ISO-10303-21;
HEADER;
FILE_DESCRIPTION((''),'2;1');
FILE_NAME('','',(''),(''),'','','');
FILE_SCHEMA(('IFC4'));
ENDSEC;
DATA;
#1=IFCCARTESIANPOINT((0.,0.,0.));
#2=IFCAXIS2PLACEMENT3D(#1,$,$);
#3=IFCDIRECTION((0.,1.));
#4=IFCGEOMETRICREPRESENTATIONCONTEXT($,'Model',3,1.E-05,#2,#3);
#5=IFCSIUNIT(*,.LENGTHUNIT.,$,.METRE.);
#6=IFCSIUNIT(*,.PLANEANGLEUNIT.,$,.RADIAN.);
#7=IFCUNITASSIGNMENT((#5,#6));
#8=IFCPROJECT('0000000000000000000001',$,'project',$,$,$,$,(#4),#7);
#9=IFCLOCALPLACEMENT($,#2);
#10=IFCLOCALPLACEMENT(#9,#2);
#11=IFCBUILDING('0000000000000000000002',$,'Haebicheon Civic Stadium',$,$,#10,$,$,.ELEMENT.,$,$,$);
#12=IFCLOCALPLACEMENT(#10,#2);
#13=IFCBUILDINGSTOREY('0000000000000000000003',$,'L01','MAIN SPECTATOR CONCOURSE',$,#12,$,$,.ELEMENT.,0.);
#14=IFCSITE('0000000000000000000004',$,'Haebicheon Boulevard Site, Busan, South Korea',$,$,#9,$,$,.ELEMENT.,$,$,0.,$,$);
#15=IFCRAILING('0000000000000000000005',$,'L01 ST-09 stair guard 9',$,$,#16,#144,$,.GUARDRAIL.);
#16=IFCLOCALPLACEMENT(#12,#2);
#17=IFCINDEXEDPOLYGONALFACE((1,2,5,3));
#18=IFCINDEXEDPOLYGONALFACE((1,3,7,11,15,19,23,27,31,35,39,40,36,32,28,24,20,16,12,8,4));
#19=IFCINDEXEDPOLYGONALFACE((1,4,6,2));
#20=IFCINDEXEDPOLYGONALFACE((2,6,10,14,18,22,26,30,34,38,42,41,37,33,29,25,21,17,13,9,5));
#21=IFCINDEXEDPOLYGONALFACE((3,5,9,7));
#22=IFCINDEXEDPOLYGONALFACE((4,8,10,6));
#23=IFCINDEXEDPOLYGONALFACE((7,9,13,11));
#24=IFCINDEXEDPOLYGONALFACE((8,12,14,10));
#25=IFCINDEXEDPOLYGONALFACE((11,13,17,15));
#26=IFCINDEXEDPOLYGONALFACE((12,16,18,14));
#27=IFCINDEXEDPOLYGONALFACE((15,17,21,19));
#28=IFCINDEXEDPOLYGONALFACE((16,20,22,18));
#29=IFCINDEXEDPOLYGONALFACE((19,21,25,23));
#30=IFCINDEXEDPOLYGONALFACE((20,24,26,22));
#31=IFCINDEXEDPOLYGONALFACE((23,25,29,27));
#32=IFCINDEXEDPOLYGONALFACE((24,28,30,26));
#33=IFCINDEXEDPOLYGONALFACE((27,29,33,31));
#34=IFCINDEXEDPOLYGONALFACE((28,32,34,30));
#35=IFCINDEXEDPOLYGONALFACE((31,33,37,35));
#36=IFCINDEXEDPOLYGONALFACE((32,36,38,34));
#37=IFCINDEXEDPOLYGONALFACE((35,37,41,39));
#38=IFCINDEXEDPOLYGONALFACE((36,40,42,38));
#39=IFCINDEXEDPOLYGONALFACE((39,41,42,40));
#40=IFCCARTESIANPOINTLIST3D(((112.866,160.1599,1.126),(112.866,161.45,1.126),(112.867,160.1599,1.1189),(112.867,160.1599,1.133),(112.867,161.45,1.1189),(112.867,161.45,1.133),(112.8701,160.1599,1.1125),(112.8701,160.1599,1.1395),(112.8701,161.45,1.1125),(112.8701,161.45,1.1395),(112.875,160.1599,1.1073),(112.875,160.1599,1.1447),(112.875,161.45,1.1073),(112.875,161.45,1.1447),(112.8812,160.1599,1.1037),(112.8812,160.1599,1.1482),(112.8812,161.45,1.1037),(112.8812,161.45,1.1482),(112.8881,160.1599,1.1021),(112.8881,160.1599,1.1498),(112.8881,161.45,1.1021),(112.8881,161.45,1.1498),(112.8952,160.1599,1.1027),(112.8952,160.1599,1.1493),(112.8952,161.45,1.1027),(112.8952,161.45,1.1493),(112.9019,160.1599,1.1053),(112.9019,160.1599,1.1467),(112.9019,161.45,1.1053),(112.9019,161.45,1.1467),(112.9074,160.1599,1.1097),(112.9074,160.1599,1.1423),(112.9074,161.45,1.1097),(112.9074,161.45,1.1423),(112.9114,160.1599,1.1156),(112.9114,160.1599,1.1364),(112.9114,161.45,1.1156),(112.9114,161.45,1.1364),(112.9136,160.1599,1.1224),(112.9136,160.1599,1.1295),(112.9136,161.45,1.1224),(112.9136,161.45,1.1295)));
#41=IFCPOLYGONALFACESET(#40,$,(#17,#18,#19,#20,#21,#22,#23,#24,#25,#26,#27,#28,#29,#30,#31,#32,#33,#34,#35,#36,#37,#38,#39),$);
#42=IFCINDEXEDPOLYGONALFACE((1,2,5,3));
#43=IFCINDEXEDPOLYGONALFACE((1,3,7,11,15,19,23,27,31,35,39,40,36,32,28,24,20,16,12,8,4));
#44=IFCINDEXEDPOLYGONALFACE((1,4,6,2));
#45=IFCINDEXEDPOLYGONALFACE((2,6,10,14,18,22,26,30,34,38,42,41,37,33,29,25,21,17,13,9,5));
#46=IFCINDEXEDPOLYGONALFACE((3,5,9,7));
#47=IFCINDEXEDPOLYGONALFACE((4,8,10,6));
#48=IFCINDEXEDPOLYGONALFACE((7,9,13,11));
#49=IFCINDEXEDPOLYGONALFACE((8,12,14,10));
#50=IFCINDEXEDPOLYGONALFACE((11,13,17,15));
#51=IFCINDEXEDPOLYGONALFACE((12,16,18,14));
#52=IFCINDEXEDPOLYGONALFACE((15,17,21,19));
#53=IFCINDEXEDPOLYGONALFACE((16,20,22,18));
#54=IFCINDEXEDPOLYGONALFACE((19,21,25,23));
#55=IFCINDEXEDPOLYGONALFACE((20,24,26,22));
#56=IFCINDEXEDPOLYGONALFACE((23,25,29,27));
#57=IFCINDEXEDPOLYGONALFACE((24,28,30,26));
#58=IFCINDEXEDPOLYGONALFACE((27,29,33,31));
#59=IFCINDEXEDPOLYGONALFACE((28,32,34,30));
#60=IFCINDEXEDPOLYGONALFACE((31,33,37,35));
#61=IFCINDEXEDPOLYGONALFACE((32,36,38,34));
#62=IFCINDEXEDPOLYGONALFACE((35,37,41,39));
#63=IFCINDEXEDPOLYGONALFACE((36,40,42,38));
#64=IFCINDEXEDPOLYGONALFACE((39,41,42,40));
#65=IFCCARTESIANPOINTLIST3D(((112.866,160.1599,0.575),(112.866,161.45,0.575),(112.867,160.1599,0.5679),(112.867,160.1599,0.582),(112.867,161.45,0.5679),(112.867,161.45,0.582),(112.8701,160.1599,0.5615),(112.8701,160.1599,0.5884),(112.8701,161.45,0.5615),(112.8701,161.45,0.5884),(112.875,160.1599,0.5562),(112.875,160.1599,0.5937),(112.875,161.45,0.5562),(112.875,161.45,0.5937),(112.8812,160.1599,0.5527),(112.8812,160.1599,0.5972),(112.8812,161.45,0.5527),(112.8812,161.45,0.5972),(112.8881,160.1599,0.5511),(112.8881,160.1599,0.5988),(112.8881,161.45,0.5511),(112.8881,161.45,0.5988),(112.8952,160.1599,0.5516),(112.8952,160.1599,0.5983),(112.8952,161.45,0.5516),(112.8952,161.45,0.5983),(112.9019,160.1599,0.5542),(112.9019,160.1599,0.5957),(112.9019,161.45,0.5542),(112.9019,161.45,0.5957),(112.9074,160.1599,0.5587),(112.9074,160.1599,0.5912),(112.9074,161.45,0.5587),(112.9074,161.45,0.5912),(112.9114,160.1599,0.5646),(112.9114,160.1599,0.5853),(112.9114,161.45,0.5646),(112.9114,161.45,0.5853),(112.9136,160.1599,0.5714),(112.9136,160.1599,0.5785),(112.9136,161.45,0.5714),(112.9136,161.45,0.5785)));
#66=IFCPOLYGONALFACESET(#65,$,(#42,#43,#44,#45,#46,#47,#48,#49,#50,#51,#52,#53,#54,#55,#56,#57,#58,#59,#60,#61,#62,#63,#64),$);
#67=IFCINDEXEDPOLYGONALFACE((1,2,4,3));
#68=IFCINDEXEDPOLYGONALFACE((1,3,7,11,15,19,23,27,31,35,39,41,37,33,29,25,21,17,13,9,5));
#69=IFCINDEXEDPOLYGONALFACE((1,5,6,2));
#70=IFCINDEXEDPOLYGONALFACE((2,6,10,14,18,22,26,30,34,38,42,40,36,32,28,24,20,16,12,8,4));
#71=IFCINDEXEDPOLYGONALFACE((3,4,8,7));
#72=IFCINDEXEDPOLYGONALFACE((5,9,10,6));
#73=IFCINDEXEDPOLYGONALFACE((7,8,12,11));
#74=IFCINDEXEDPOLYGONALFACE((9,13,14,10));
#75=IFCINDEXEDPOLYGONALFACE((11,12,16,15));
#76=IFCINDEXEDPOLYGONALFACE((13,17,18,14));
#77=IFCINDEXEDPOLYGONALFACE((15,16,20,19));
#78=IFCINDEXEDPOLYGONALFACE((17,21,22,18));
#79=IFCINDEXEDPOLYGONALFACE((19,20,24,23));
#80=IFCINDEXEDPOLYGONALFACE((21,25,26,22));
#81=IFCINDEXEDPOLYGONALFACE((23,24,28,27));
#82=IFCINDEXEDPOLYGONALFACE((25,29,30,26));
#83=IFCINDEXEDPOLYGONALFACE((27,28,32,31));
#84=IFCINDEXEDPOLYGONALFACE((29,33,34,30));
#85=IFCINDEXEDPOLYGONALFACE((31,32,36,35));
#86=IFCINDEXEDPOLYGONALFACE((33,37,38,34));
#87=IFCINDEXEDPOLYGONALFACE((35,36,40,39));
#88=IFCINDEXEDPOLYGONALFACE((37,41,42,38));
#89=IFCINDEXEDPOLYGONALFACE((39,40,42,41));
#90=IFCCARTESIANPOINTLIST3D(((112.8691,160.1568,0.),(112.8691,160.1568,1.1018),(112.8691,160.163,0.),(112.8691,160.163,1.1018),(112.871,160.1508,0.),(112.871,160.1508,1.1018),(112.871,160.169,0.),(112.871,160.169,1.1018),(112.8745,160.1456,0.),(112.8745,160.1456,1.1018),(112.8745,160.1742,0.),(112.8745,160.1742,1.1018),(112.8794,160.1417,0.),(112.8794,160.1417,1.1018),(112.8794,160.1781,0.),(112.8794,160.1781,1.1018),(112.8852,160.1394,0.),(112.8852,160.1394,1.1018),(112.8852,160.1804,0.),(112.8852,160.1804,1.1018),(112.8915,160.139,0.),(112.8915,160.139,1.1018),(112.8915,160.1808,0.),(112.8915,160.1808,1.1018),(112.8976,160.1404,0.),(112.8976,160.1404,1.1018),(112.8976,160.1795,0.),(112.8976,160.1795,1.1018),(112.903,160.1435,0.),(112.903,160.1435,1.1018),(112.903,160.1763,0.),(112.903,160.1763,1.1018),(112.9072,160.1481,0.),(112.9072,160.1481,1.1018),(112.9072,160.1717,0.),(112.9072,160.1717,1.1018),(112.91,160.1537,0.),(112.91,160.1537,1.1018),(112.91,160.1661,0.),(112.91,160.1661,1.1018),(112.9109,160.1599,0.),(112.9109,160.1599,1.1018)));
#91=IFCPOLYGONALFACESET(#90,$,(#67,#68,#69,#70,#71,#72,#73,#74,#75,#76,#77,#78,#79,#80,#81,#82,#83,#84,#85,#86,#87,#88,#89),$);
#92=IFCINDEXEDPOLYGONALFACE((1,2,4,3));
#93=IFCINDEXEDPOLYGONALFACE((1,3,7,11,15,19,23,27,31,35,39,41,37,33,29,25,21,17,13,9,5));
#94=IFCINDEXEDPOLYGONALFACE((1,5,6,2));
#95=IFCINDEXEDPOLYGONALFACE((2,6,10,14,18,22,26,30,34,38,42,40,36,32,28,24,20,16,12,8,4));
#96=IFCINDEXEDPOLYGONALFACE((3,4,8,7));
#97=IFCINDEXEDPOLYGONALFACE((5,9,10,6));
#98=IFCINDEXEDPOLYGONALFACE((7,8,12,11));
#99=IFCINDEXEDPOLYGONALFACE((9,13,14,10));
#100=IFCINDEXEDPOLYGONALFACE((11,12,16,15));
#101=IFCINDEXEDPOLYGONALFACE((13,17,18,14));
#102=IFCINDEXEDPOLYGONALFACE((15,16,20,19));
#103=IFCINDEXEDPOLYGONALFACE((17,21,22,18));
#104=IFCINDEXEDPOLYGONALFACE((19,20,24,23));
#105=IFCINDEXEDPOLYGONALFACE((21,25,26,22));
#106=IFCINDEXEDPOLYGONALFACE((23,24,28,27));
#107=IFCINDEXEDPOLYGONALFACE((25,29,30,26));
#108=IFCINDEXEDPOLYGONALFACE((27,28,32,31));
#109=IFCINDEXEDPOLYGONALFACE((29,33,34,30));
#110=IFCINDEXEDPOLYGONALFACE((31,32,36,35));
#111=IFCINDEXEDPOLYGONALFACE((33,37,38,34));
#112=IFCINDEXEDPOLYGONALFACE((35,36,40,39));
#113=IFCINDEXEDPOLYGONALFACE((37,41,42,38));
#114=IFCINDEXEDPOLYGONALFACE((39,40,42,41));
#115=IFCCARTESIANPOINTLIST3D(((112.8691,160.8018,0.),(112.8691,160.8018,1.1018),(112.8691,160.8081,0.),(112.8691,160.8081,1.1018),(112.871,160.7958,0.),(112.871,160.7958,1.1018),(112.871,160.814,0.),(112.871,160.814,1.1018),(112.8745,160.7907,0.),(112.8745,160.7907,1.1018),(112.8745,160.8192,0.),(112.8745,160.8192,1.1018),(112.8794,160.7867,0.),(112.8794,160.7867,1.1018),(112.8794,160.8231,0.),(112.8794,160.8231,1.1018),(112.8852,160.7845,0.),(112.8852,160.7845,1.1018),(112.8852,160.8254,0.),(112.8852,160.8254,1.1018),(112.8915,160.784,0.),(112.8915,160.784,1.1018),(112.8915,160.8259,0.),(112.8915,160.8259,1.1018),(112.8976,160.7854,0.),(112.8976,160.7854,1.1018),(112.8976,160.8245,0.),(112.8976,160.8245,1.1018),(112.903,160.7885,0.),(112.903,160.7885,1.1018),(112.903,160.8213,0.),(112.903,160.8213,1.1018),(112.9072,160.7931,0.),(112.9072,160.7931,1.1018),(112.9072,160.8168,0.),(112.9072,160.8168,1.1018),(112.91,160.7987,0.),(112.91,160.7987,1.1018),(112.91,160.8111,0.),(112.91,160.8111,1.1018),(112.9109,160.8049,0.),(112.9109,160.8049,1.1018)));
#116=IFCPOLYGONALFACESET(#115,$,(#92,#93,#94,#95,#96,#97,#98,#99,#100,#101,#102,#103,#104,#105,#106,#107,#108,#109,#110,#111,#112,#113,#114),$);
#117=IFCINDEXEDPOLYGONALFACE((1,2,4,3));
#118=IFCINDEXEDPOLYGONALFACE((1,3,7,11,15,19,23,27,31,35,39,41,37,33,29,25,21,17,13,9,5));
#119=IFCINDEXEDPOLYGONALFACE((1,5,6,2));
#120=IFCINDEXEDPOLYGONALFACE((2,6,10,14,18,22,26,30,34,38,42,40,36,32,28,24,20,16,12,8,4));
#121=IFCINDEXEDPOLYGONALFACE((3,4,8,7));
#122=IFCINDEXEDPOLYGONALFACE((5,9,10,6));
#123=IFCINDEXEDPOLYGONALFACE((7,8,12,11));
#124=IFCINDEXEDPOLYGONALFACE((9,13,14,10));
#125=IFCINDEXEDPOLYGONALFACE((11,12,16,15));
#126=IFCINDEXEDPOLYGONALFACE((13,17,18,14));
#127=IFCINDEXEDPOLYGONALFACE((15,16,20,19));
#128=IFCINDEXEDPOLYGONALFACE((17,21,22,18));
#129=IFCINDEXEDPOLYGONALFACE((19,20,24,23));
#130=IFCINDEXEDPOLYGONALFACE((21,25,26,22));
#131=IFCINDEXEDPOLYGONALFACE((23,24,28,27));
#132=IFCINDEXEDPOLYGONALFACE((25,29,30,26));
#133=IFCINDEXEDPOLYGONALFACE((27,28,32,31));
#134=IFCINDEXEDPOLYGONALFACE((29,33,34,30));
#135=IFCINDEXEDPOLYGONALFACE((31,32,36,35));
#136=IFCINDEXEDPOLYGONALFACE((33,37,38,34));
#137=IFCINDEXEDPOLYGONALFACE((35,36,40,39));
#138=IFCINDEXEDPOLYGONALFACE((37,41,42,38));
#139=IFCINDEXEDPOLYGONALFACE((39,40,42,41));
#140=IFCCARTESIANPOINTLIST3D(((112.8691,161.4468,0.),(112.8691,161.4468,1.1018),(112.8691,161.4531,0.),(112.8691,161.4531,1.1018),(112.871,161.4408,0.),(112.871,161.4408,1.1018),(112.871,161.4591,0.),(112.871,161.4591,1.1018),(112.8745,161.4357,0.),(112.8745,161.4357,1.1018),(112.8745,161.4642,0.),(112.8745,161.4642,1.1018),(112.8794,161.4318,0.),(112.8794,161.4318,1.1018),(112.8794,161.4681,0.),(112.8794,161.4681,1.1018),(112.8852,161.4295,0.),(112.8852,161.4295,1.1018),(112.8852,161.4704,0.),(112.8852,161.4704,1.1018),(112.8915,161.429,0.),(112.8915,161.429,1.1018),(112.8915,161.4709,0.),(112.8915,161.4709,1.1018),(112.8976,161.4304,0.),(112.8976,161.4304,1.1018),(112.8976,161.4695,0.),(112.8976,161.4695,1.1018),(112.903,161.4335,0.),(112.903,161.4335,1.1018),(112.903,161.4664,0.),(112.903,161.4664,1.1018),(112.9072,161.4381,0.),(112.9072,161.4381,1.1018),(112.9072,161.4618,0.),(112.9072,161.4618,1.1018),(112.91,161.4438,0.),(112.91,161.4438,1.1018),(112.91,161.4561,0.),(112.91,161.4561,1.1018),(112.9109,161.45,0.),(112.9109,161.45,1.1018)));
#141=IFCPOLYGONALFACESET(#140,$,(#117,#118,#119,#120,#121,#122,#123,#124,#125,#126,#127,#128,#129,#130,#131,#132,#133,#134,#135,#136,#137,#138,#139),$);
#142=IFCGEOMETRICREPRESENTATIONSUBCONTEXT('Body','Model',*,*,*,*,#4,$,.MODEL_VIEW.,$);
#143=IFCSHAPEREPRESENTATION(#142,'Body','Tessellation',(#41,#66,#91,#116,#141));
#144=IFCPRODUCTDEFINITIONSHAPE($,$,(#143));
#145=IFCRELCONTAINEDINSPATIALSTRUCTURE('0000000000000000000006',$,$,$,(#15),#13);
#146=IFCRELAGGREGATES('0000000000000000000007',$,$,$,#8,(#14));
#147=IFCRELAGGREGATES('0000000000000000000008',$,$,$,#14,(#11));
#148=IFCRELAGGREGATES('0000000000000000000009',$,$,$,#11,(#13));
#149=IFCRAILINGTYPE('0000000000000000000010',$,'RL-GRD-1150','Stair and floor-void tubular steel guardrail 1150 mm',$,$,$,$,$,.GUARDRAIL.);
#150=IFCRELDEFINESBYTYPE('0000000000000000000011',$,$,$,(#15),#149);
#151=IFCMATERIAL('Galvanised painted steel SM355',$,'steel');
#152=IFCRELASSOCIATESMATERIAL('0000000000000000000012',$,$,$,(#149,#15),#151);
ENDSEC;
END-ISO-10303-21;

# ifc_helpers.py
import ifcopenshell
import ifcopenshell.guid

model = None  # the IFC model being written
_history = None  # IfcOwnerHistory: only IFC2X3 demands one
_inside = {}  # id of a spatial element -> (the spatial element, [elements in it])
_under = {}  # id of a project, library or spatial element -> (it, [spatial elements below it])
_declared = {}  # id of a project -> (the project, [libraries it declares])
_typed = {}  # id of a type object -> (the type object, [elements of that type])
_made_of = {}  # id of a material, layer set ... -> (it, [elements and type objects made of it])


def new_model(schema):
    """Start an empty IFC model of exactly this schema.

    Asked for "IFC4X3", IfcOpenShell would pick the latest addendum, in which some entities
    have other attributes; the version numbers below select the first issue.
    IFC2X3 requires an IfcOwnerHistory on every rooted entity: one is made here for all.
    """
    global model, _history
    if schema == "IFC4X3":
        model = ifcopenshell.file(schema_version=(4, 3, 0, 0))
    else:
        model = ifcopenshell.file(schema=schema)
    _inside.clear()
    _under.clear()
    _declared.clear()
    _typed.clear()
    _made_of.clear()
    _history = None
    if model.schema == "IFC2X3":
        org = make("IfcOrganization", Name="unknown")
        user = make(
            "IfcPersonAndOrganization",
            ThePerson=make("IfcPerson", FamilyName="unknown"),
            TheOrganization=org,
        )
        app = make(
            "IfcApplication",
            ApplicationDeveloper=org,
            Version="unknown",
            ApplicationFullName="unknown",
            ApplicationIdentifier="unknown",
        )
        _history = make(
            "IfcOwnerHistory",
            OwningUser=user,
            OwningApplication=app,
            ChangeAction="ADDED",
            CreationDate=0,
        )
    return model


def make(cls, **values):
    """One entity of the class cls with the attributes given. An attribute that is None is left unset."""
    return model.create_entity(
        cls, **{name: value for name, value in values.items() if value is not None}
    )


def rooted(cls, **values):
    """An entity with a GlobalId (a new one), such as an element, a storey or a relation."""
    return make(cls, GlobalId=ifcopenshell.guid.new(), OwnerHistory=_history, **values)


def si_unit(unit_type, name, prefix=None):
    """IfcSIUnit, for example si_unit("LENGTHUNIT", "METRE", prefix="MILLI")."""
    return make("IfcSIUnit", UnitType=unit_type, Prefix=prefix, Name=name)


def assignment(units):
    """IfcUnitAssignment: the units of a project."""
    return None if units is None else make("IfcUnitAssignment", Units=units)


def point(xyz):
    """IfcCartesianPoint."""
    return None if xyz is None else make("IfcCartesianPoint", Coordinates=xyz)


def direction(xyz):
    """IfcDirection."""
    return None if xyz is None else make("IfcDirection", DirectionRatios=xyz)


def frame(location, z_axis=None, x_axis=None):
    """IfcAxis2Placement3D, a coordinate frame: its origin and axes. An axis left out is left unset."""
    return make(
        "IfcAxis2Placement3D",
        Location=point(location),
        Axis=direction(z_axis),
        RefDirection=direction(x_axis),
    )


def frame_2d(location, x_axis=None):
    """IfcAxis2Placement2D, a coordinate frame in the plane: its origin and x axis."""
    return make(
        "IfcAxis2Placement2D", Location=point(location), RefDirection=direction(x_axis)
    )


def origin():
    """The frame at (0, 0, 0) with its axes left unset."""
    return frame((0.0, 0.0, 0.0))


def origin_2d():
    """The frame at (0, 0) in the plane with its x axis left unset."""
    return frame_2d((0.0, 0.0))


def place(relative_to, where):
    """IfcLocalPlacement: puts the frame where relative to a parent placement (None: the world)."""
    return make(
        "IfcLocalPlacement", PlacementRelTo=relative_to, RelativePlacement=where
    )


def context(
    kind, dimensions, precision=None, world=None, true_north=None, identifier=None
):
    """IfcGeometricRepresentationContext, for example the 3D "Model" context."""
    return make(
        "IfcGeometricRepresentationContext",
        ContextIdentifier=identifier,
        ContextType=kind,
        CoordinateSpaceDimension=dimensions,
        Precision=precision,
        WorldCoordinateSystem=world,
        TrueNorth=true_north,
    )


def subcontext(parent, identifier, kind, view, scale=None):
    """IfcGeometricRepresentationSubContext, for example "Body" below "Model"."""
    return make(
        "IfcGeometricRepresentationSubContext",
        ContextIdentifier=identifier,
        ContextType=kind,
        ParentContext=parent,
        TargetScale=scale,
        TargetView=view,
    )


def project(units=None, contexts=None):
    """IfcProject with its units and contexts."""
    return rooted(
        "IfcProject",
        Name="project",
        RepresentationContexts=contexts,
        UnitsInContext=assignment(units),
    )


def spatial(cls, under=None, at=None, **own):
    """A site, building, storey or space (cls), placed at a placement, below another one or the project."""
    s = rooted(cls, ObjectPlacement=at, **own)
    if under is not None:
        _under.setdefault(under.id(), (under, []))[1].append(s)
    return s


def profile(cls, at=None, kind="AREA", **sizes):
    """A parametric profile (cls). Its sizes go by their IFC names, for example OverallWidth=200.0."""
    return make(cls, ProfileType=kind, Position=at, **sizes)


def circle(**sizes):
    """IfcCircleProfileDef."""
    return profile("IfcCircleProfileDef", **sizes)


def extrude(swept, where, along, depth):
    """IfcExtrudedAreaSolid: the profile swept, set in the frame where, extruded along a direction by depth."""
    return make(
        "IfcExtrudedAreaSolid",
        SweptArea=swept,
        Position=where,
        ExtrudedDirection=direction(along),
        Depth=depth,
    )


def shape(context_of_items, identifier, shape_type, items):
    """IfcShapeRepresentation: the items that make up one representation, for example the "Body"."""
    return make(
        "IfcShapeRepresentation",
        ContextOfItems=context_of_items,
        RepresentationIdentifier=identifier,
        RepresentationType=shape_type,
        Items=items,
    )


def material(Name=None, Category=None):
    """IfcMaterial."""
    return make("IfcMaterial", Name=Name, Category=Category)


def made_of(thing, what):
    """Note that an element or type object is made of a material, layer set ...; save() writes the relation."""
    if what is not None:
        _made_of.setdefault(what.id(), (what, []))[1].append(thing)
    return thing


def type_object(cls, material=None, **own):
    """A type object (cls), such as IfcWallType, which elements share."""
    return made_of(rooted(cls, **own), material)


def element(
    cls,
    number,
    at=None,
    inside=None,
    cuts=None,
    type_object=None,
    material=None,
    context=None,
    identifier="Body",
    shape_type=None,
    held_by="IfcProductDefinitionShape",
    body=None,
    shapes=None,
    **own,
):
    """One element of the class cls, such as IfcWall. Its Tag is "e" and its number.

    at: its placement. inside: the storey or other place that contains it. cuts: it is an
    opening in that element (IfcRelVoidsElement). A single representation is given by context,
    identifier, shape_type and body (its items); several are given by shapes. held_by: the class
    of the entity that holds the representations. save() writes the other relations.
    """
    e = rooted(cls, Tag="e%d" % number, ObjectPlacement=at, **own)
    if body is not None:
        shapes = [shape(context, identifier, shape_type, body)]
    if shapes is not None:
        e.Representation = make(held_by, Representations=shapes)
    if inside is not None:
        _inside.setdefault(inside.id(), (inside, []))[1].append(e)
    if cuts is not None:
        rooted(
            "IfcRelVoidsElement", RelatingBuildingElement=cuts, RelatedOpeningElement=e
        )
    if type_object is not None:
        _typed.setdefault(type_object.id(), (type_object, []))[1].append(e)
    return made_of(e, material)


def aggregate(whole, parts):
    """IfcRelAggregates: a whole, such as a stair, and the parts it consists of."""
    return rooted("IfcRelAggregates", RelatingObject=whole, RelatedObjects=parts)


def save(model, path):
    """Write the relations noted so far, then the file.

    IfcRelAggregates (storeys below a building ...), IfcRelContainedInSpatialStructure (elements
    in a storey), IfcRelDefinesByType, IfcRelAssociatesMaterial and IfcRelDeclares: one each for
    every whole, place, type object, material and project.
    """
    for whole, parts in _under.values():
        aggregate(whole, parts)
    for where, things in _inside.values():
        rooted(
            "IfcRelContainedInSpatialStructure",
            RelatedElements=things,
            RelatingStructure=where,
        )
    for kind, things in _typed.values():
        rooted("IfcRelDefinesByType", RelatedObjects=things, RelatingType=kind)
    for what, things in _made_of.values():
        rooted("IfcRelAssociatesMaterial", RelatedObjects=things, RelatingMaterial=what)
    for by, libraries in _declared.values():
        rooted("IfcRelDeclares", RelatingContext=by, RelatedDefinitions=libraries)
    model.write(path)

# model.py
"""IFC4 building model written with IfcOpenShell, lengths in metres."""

from ifc_helpers import new_model, si_unit, direction, frame, origin, origin_2d, place, context, subcontext, project, spatial, circle, extrude, material, type_object, element, save


model = new_model("IFC4")

# Units and contexts
model_context = context("Model", 3, precision=1e-05, world=origin(), true_north=direction((0.0, 1.0)))
body_context = subcontext(model_context, "Body", "Model", "MODEL_VIEW")
ifc_project = project(units=[si_unit("LENGTHUNIT", "METRE"), si_unit("PLANEANGLEUNIT", "RADIAN")], contexts=[model_context])

# Site, building, storey
site_placement = place(None, origin())
site = spatial("IfcSite", under=ifc_project, at=site_placement, Name="Haebicheon Boulevard Site, Busan, South Korea", CompositionType="ELEMENT", RefElevation=0.0)
building_placement = place(site_placement, origin())
building = spatial("IfcBuilding", under=site, at=building_placement, Name="Haebicheon Civic Stadium", CompositionType="ELEMENT")
storey_placement = place(building_placement, origin())
storey = spatial("IfcBuildingStorey", under=building, at=storey_placement, Name="L01", Description="MAIN SPECTATOR CONCOURSE", CompositionType="ELEMENT", Elevation=0.0)

# Railing
ifc_material_1 = material(Name="Galvanised painted steel SM355", Category="steel")
railing_type_1 = type_object("IfcRailingType", Name="RL-GRD-1150", Description="Stair and floor-void tubular steel guardrail 1150 mm", PredefinedType="GUARDRAIL", material=ifc_material_1)
railing_1_placement = place(storey_placement, frame((112.8899, 160.1599, 0.0)))
element("IfcRailing", 1, at=railing_1_placement, inside=storey, type_object=railing_type_1, material=ifc_material_1, Name="L01 ST-09 stair guard 9", PredefinedType="GUARDRAIL", context=body_context, shape_type="SweptSolid", body=[
    extrude(circle(Radius=0.0239, at=origin_2d()), frame((0.0, 0.0, 1.126), z_axis=(0.0, 1.0, 0.0), x_axis=(-1.0, 0.0, 0.0)), (0.0, 0.0, 1.0), 1.29),
    extrude(circle(Radius=0.0239, at=origin_2d()), frame((0.0, 0.0, 0.575), z_axis=(0.0, 1.0, 0.0), x_axis=(-1.0, 0.0, 0.0)), (0.0, 0.0, 1.0), 1.29),
    extrude(circle(Radius=0.021, at=origin_2d()), origin(), (0.0, 0.0, 1.0), 1.1018),
    extrude(circle(Radius=0.021, at=origin_2d()), frame((0.0, 0.645, 0.0)), (0.0, 0.0, 1.0), 1.1018),
    extrude(circle(Radius=0.021, at=origin_2d()), frame((0.0, 1.29, 0.0)), (0.0, 0.0, 1.0), 1.1018),
])

save(model, "model.ifc")
